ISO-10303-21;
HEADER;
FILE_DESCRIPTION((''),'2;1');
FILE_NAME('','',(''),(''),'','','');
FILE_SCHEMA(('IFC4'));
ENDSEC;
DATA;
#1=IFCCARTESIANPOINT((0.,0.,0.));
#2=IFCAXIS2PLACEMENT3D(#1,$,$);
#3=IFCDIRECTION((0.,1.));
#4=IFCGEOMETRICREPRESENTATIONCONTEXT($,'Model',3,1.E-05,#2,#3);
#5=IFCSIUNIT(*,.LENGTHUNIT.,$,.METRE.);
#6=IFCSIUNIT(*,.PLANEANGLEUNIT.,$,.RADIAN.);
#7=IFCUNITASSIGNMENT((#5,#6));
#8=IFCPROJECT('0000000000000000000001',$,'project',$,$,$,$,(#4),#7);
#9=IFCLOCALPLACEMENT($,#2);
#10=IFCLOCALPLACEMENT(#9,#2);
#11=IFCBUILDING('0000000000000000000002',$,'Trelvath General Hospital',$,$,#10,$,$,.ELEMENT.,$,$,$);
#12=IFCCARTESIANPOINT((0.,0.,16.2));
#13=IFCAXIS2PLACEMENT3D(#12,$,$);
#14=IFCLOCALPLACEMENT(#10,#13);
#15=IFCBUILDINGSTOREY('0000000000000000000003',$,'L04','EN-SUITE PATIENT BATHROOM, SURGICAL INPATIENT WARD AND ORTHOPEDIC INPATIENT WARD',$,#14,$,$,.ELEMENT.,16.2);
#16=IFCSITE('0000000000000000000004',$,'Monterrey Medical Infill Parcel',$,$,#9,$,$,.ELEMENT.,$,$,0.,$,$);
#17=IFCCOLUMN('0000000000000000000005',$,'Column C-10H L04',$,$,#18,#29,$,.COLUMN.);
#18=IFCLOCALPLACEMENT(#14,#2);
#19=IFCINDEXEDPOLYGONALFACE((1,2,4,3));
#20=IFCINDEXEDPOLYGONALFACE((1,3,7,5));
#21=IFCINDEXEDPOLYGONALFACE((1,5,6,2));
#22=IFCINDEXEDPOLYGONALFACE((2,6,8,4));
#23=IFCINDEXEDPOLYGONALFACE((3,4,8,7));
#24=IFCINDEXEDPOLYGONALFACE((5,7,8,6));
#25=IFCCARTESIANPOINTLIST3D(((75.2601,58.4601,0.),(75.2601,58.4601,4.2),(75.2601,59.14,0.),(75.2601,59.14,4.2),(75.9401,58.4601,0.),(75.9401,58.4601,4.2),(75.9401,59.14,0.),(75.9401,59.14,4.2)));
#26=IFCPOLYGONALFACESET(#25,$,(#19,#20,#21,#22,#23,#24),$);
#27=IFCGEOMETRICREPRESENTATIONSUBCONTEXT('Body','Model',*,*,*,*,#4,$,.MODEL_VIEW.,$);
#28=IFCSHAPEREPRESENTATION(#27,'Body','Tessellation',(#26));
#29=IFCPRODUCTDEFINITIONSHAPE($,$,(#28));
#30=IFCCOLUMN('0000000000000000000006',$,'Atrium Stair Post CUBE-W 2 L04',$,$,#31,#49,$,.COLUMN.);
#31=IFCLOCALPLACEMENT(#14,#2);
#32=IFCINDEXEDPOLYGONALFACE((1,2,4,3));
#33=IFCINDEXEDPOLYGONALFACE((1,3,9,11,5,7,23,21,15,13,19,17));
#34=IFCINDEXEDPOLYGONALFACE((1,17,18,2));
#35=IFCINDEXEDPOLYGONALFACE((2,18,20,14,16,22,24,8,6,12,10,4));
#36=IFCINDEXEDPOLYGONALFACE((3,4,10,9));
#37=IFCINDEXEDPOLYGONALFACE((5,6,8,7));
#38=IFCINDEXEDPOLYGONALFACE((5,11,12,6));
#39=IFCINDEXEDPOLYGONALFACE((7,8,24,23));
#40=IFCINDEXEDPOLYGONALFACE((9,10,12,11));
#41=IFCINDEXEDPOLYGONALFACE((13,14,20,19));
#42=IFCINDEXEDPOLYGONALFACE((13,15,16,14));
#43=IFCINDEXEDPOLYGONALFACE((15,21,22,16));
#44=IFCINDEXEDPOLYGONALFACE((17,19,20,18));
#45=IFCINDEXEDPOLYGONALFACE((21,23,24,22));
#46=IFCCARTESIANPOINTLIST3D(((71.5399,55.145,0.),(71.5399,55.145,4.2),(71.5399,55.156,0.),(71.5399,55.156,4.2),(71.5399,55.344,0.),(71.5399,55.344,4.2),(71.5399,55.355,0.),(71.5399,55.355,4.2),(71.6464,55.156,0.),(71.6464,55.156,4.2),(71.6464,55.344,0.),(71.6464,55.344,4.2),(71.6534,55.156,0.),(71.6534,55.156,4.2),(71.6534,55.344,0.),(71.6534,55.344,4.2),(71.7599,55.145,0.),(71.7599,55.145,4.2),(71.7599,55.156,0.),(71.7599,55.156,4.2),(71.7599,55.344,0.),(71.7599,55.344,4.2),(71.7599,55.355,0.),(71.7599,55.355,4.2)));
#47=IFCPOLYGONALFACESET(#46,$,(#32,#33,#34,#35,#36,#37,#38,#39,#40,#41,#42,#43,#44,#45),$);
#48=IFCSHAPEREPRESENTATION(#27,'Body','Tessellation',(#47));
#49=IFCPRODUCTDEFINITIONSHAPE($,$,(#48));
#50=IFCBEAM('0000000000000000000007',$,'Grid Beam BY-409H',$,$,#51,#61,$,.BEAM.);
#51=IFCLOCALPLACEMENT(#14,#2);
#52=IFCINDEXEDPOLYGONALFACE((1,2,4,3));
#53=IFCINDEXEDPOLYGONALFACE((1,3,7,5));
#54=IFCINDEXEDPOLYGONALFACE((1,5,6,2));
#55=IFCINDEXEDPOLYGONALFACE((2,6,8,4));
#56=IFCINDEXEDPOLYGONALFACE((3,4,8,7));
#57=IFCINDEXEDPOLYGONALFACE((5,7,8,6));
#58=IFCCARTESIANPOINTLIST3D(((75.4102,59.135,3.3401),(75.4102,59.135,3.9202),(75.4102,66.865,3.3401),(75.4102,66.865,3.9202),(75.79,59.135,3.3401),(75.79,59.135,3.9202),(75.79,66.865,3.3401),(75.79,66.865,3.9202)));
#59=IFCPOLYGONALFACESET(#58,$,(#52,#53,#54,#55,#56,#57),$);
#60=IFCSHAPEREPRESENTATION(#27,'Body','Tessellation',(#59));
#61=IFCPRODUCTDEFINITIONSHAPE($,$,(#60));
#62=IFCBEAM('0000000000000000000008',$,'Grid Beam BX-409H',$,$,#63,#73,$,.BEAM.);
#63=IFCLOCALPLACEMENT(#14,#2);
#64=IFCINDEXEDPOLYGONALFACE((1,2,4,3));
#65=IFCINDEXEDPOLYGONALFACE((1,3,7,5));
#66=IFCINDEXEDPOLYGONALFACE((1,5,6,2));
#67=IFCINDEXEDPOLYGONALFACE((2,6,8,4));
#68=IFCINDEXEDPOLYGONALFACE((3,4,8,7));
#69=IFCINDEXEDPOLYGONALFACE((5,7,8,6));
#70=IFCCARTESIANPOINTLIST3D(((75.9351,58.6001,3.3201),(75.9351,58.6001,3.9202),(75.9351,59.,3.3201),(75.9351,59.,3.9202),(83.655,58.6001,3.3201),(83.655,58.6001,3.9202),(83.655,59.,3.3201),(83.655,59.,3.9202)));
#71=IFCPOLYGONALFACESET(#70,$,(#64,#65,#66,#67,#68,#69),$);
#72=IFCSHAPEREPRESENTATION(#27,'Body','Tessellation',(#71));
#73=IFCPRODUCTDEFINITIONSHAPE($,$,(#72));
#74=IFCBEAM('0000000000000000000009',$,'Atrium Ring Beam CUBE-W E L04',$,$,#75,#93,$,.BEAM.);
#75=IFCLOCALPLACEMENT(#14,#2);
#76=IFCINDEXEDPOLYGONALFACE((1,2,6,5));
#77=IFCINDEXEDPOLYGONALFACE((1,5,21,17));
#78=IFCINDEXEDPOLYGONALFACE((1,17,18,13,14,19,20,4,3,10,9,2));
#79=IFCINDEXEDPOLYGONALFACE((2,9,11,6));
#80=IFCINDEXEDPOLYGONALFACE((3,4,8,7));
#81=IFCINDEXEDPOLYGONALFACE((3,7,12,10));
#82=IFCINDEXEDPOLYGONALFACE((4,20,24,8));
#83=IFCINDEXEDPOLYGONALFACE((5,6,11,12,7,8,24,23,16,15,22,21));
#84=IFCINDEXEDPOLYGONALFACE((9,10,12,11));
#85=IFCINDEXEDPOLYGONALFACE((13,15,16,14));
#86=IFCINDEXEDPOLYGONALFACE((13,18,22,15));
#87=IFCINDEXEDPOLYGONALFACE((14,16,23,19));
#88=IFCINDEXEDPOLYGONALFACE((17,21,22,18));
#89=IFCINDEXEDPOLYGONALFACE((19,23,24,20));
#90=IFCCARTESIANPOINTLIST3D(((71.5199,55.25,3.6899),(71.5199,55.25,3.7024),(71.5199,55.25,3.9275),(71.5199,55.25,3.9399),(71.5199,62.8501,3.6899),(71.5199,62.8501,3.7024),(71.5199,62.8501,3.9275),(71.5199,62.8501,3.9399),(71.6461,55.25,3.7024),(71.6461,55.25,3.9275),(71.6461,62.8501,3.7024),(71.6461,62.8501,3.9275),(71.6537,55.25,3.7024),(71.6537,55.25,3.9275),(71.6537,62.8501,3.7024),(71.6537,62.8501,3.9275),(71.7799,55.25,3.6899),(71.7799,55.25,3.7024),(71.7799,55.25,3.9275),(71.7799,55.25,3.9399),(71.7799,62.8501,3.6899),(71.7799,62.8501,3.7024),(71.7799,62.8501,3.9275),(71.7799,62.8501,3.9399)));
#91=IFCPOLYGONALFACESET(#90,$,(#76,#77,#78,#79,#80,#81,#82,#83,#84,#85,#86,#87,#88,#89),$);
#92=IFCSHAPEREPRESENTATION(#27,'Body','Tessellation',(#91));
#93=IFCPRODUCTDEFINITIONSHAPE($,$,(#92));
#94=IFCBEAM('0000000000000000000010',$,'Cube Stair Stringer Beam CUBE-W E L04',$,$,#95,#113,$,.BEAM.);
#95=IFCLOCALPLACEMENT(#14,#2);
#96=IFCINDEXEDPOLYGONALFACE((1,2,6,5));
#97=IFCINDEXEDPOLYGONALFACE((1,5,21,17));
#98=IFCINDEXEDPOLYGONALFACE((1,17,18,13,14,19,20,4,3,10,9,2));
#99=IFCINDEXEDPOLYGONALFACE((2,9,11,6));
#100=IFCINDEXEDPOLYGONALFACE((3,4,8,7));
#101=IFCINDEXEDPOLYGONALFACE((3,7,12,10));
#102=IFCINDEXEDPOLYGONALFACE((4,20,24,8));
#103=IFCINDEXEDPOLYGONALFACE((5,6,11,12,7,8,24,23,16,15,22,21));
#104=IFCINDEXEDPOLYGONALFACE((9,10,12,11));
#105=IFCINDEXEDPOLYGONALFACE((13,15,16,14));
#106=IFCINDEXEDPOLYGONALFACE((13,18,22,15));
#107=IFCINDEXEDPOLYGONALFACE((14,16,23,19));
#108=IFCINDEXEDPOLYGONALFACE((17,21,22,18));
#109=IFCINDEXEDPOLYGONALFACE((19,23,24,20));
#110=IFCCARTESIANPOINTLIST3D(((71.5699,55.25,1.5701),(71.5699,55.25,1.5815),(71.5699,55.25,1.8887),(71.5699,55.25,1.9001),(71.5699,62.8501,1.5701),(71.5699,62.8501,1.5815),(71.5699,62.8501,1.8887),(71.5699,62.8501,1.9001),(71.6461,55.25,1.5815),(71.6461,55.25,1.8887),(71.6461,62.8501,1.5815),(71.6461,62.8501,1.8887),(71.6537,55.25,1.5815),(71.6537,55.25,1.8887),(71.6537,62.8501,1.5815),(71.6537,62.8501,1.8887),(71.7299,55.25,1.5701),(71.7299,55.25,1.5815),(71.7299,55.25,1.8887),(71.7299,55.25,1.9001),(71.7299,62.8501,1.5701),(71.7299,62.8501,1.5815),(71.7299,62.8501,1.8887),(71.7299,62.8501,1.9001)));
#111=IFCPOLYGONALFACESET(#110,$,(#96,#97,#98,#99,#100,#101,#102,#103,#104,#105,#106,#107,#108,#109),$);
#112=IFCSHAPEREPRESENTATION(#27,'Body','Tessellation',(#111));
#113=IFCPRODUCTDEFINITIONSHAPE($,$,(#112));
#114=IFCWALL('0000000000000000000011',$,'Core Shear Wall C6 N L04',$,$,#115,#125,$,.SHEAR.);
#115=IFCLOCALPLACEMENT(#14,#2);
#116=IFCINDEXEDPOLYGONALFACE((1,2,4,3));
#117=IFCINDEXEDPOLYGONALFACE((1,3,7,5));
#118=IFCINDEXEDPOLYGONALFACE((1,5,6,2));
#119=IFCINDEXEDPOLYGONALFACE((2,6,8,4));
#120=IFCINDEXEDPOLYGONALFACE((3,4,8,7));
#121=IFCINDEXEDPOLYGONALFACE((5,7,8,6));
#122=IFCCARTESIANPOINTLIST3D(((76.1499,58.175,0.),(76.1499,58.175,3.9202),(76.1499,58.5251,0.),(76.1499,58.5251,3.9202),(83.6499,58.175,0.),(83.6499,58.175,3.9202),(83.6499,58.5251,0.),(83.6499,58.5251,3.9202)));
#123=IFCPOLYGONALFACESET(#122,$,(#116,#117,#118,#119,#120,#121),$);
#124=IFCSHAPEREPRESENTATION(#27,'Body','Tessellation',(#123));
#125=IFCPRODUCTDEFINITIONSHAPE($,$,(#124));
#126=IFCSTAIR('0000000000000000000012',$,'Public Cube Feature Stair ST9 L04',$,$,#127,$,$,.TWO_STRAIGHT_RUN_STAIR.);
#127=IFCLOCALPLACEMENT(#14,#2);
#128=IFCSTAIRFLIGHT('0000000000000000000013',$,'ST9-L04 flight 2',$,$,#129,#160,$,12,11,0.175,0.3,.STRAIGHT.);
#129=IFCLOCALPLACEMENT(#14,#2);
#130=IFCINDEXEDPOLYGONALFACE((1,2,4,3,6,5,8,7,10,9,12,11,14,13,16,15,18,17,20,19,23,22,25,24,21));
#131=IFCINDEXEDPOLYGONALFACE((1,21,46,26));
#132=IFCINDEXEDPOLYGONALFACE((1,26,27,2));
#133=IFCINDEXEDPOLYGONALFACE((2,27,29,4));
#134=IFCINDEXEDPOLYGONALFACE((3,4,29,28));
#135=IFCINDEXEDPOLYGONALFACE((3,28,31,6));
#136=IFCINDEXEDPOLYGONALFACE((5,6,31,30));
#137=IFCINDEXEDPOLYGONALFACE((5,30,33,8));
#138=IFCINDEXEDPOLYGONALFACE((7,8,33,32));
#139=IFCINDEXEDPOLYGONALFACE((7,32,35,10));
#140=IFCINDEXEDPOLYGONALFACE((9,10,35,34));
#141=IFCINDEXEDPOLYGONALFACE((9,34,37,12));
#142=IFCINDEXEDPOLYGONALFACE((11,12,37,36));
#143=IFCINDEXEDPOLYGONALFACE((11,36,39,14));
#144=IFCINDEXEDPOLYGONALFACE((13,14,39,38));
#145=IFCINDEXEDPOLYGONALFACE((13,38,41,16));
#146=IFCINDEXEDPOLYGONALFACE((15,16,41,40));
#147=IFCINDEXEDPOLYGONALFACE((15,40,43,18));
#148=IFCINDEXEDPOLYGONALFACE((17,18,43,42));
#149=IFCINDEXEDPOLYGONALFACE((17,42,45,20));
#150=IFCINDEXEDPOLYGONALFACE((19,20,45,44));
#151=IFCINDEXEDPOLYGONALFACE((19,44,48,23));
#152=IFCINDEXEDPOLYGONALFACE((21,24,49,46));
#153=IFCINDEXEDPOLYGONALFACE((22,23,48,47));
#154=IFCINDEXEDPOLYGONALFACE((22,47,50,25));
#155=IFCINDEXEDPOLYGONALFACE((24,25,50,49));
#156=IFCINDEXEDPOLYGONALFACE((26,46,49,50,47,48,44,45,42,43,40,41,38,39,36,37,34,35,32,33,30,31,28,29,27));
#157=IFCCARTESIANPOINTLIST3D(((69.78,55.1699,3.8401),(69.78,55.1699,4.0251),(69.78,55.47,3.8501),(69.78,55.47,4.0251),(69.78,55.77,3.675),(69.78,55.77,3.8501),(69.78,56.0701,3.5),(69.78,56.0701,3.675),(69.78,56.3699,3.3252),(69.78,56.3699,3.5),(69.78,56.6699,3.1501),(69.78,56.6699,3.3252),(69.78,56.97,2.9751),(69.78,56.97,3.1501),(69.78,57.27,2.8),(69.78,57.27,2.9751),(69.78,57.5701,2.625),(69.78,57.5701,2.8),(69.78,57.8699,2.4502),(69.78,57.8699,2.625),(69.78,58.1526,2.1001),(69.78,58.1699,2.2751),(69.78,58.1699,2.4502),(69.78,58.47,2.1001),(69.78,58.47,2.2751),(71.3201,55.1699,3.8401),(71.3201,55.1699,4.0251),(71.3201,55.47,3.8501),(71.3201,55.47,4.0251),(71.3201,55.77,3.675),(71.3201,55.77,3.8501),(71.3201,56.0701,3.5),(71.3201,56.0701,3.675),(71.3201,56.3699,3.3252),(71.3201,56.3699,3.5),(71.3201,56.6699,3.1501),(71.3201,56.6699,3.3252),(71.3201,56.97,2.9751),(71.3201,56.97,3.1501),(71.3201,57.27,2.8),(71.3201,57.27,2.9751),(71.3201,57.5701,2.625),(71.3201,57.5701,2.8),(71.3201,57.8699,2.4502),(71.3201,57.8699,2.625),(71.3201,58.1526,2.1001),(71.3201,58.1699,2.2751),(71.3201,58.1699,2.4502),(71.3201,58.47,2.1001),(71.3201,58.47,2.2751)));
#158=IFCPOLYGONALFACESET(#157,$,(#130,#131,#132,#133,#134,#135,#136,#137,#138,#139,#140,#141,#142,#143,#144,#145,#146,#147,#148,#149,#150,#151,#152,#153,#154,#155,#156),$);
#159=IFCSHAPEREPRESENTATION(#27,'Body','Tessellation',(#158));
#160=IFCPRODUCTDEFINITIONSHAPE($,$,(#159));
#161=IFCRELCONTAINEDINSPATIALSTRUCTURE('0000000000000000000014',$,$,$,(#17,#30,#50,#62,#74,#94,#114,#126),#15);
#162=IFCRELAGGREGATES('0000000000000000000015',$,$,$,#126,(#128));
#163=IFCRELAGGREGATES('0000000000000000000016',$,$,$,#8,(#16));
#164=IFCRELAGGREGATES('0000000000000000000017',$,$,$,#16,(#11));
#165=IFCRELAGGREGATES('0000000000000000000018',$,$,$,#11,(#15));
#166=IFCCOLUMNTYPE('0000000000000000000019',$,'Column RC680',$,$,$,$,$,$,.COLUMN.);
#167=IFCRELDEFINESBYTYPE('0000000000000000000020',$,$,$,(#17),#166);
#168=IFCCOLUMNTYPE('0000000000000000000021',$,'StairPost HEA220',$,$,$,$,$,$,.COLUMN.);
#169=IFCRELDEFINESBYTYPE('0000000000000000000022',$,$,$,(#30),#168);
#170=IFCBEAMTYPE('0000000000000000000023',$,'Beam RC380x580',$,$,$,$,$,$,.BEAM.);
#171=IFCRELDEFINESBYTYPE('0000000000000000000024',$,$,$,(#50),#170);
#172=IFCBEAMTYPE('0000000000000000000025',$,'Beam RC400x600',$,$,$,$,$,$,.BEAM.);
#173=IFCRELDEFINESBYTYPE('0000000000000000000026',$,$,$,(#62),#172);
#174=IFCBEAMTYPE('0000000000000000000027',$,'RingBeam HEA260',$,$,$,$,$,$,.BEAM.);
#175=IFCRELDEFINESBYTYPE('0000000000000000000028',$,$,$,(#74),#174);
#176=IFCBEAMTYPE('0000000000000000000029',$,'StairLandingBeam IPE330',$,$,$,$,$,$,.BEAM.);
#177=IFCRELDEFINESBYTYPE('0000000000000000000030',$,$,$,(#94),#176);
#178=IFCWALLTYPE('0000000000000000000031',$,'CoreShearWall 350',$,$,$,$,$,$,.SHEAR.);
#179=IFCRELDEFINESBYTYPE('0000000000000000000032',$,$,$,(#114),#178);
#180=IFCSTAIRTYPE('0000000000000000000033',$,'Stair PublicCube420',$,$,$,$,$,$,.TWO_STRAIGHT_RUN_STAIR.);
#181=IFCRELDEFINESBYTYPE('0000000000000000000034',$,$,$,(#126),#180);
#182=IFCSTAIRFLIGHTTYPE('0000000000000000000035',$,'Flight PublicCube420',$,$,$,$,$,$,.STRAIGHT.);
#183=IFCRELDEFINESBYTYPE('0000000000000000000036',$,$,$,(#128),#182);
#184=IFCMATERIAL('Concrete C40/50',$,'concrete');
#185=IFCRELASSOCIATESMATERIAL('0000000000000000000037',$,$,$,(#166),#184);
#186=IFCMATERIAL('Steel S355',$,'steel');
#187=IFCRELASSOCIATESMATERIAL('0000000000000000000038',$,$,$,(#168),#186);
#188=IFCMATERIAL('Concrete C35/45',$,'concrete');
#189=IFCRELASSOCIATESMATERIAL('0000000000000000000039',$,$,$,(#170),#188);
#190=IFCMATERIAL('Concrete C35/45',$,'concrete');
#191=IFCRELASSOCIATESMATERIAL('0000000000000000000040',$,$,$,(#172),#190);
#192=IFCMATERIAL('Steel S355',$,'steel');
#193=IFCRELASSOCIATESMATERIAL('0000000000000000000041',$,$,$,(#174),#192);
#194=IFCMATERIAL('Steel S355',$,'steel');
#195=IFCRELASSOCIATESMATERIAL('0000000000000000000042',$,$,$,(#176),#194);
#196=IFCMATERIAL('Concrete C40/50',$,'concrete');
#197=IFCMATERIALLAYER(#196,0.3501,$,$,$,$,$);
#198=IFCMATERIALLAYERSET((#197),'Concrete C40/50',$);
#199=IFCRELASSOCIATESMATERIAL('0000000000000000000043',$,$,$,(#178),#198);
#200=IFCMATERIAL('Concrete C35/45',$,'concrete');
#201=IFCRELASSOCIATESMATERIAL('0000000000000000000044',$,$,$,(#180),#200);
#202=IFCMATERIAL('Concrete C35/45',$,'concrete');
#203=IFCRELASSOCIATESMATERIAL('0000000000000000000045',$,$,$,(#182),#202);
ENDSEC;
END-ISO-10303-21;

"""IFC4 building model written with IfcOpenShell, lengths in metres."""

from ifc_helpers import new_model, si_unit, direction, frame, frame_2d, origin, origin_2d, place, context, subcontext, project, spatial, polyline, rectangle, i_section, outline, extrude, material, layer, layer_set, material_profile, profile_set, type_object, element, aggregate, save


model = new_model("IFC4")

# Units and contexts
model_context = context("Model", 3, precision=1e-05, world=origin(), true_north=direction((0.0, 1.0)))
body_context = subcontext(model_context, "Body", "Model", "MODEL_VIEW")
ifc_project = project(units=[si_unit("LENGTHUNIT", "METRE"), si_unit("PLANEANGLEUNIT", "RADIAN")], contexts=[model_context])

# Site, building, storey
site_placement = place(None, origin())
site = spatial("IfcSite", under=ifc_project, at=site_placement, Name="Monterrey Medical Infill Parcel", CompositionType="ELEMENT", RefElevation=0.0)
building_placement = place(site_placement, origin())
building = spatial("IfcBuilding", under=site, at=building_placement, Name="Trelvath General Hospital", CompositionType="ELEMENT")
storey_placement = place(building_placement, frame((0.0, 0.0, 16.2)))
storey = spatial("IfcBuildingStorey", under=building, at=storey_placement, Name="L04", Description="EN-SUITE PATIENT BATHROOM, SURGICAL INPATIENT WARD AND ORTHOPEDIC INPATIENT WARD", CompositionType="ELEMENT", Elevation=16.2)

# Columns
ifc_material_1 = material(Name="Concrete C40/50", Category="concrete")
ifc_material_profile_1 = material_profile(ifc_material_1, rectangle(XDim=0.6799, YDim=0.6799, at=origin_2d()), Name="RC680x680")
ifc_profile_set_1 = profile_set([ifc_material_profile_1], Name="Concrete C40/50")
column_type_1 = type_object("IfcColumnType", Name="Column RC680", PredefinedType="COLUMN", material=ifc_profile_set_1)
column_1_placement = place(storey_placement, frame((75.6001, 58.8, 0.0), z_axis=(0.0, 0.0, 1.0), x_axis=(1.0, 0.0, 0.0)))
element("IfcColumn", 1, at=column_1_placement, inside=storey, type_object=column_type_1, Name="Column C-10H L04", PredefinedType="COLUMN", context=body_context, shape_type="SweptSolid", body=[
    extrude(rectangle(XDim=0.6799, YDim=0.6799, at=origin_2d()), origin(), (0.0, 0.0, 1.0), 4.2),
])
ifc_material_2 = material(Name="Steel S355", Category="steel")
ifc_material_profile_2 = material_profile(ifc_material_2, i_section(OverallWidth=0.22, OverallDepth=0.21, WebThickness=0.0071, FlangeThickness=0.011, at=origin_2d()), Name="HEA220")
ifc_profile_set_2 = profile_set([ifc_material_profile_2], Name="Steel S355")
column_type_2 = type_object("IfcColumnType", Name="StairPost HEA220", PredefinedType="COLUMN", material=ifc_profile_set_2)
column_2_placement = place(storey_placement, frame((71.6499, 55.25, 0.0), z_axis=(0.0, 0.0, 1.0), x_axis=(1.0, 0.0, 0.0)))
element("IfcColumn", 2, at=column_2_placement, inside=storey, type_object=column_type_2, Name="Atrium Stair Post CUBE-W 2 L04", PredefinedType="COLUMN", context=body_context, shape_type="SweptSolid", body=[
    extrude(i_section(OverallWidth=0.22, OverallDepth=0.21, WebThickness=0.0071, FlangeThickness=0.011, at=origin_2d()), origin(), (0.0, 0.0, 1.0), 4.2),
])

# Beams
ifc_material_3 = material(Name="Concrete C35/45", Category="concrete")
ifc_material_profile_3 = material_profile(ifc_material_3, rectangle(XDim=0.3799, YDim=0.5801, at=origin_2d()), Name="RCB380x580")
ifc_profile_set_3 = profile_set([ifc_material_profile_3], Name="Concrete C35/45")
beam_type_1 = type_object("IfcBeamType", Name="Beam RC380x580", PredefinedType="BEAM", material=ifc_profile_set_3)
beam_1_placement = place(storey_placement, frame((75.6001, 59.135, 3.6301), z_axis=(0.0, 1.0, 0.0), x_axis=(-1.0, 0.0, 0.0)))
element("IfcBeam", 3, at=beam_1_placement, inside=storey, type_object=beam_type_1, Name="Grid Beam BY-409H", PredefinedType="BEAM", context=body_context, shape_type="SweptSolid", body=[
    extrude(rectangle(XDim=0.3799, YDim=0.5801, at=origin_2d()), origin(), (0.0, 0.0, 1.0), 7.73),
])
ifc_material_4 = material(Name="Concrete C35/45", Category="concrete")
ifc_material_profile_4 = material_profile(ifc_material_4, rectangle(XDim=0.3999, YDim=0.6001, at=origin_2d()), Name="RCB400x600")
ifc_profile_set_4 = profile_set([ifc_material_profile_4], Name="Concrete C35/45")
beam_type_2 = type_object("IfcBeamType", Name="Beam RC400x600", PredefinedType="BEAM", material=ifc_profile_set_4)
beam_2_placement = place(storey_placement, frame((75.9351, 58.8, 3.6201), z_axis=(1.0, 0.0, 0.0), x_axis=(0.0, 1.0, 0.0)))
element("IfcBeam", 4, at=beam_2_placement, inside=storey, type_object=beam_type_2, Name="Grid Beam BX-409H", PredefinedType="BEAM", context=body_context, shape_type="SweptSolid", body=[
    extrude(rectangle(XDim=0.3999, YDim=0.6001, at=origin_2d()), origin(), (0.0, 0.0, 1.0), 7.72),
])
ifc_material_5 = material(Name="Steel S355", Category="steel")
ifc_material_profile_5 = material_profile(ifc_material_5, i_section(OverallWidth=0.26, OverallDepth=0.25, WebThickness=0.0076, FlangeThickness=0.0125, at=origin_2d()), Name="HEA260")
ifc_profile_set_5 = profile_set([ifc_material_profile_5], Name="Steel S355")
beam_type_3 = type_object("IfcBeamType", Name="RingBeam HEA260", PredefinedType="BEAM", material=ifc_profile_set_5)
beam_3_placement = place(storey_placement, frame((71.6499, 55.25, 3.8149), z_axis=(0.0, 1.0, 0.0), x_axis=(-1.0, 0.0, 0.0)))
element("IfcBeam", 5, at=beam_3_placement, inside=storey, type_object=beam_type_3, Name="Atrium Ring Beam CUBE-W E L04", PredefinedType="BEAM", context=body_context, shape_type="SweptSolid", body=[
    extrude(i_section(OverallWidth=0.26, OverallDepth=0.25, WebThickness=0.0076, FlangeThickness=0.0125, at=origin_2d()), origin(), (0.0, 0.0, 1.0), 7.6001),
])
ifc_material_6 = material(Name="Steel S355", Category="steel")
ifc_material_profile_6 = material_profile(ifc_material_6, i_section(OverallWidth=0.1599, OverallDepth=0.3301, WebThickness=0.0076, FlangeThickness=0.0115, at=origin_2d()), Name="IPE330")
ifc_profile_set_6 = profile_set([ifc_material_profile_6], Name="Steel S355")
beam_type_4 = type_object("IfcBeamType", Name="StairLandingBeam IPE330", PredefinedType="BEAM", material=ifc_profile_set_6)
beam_4_placement = place(storey_placement, frame((71.6499, 55.25, 1.7351), z_axis=(0.0, 1.0, 0.0), x_axis=(-1.0, 0.0, 0.0)))
element("IfcBeam", 6, at=beam_4_placement, inside=storey, type_object=beam_type_4, Name="Cube Stair Stringer Beam CUBE-W E L04", PredefinedType="BEAM", context=body_context, shape_type="SweptSolid", body=[
    extrude(i_section(OverallWidth=0.1599, OverallDepth=0.3301, WebThickness=0.0076, FlangeThickness=0.0115, at=origin_2d()), origin(), (0.0, 0.0, 1.0), 7.6001),
])

# Wall
ifc_material_7 = material(Name="Concrete C40/50", Category="concrete")
ifc_layer_1 = layer(ifc_material_7, 0.3501)
ifc_layer_set_1 = layer_set([ifc_layer_1], Name="Concrete C40/50")
wall_type_1 = type_object("IfcWallType", Name="CoreShearWall 350", PredefinedType="SHEAR", material=ifc_layer_set_1)
wall_1_placement = place(storey_placement, frame((76.1499, 58.3501, 0.0), z_axis=(0.0, 0.0, 1.0), x_axis=(1.0, 0.0, 0.0)))
element("IfcWall", 7, at=wall_1_placement, inside=storey, type_object=wall_type_1, Name="Core Shear Wall C6 N L04", PredefinedType="SHEAR", context=body_context, shape_type="SweptSolid", body=[
    extrude(rectangle(XDim=7.5, YDim=0.3501, at=frame_2d((3.75, 0.0))), origin(), (0.0, 0.0, 1.0), 3.9202),
])

# Stair, stair flight
ifc_material_8 = material(Name="Concrete C35/45", Category="concrete")
stair_type_1 = type_object("IfcStairType", Name="Stair PublicCube420", PredefinedType="TWO_STRAIGHT_RUN_STAIR", material=ifc_material_8)
stair_1_placement = place(storey_placement, origin())
stair_1 = element("IfcStair", 8, at=stair_1_placement, inside=storey, type_object=stair_type_1, Name="Public Cube Feature Stair ST9 L04", PredefinedType="TWO_STRAIGHT_RUN_STAIR")
ifc_material_9 = material(Name="Concrete C35/45", Category="concrete")
stair_flight_type_1 = type_object("IfcStairFlightType", Name="Flight PublicCube420", PredefinedType="STRAIGHT", material=ifc_material_9)
stair_flight_1_placement = place(storey_placement, frame((70.55, 58.47, 2.1001), z_axis=(0.0, 0.0, 1.0), x_axis=(0.0, -1.0, 0.0)))
stair_flight_1 = element("IfcStairFlight", 9, at=stair_flight_1_placement, type_object=stair_flight_type_1, Name="ST9-L04 flight 2", NumberOfRisers=12, NumberOfTreads=11, PredefinedType="STRAIGHT", RiserHeight=0.175, TreadLength=0.3, context=body_context, shape_type="SweptSolid", body=[
    extrude(outline(polyline([(0.0, 0.0), (0.0, 0.175), (0.3, 0.175), (0.3, 0.3501), (0.6001, 0.3501), (0.6001, 0.5249), (0.8999, 0.5249), (0.8999, 0.7), (1.2, 0.7), (1.2, 0.875), (1.5, 0.875), (1.5, 1.05), (1.8, 1.05), (1.8, 1.2251), (2.1001, 1.2251), (2.1001, 1.3999), (2.3999, 1.3999), (2.3999, 1.575), (2.7, 1.575), (2.7, 1.75), (3.0, 1.75), (3.0, 1.925), (3.3, 1.925), (3.3, 2.1001), (3.3, 1.74), (0.3174, 0.0), (0.0, 0.0)])), frame((0.0, 0.77, 0.0), z_axis=(0.0, -1.0, 0.0), x_axis=(1.0, 0.0, 0.0)), (0.0, 0.0, 1.0), 1.54),
])
aggregate(stair_1, [stair_flight_1])

save(model, "model.ifc")
